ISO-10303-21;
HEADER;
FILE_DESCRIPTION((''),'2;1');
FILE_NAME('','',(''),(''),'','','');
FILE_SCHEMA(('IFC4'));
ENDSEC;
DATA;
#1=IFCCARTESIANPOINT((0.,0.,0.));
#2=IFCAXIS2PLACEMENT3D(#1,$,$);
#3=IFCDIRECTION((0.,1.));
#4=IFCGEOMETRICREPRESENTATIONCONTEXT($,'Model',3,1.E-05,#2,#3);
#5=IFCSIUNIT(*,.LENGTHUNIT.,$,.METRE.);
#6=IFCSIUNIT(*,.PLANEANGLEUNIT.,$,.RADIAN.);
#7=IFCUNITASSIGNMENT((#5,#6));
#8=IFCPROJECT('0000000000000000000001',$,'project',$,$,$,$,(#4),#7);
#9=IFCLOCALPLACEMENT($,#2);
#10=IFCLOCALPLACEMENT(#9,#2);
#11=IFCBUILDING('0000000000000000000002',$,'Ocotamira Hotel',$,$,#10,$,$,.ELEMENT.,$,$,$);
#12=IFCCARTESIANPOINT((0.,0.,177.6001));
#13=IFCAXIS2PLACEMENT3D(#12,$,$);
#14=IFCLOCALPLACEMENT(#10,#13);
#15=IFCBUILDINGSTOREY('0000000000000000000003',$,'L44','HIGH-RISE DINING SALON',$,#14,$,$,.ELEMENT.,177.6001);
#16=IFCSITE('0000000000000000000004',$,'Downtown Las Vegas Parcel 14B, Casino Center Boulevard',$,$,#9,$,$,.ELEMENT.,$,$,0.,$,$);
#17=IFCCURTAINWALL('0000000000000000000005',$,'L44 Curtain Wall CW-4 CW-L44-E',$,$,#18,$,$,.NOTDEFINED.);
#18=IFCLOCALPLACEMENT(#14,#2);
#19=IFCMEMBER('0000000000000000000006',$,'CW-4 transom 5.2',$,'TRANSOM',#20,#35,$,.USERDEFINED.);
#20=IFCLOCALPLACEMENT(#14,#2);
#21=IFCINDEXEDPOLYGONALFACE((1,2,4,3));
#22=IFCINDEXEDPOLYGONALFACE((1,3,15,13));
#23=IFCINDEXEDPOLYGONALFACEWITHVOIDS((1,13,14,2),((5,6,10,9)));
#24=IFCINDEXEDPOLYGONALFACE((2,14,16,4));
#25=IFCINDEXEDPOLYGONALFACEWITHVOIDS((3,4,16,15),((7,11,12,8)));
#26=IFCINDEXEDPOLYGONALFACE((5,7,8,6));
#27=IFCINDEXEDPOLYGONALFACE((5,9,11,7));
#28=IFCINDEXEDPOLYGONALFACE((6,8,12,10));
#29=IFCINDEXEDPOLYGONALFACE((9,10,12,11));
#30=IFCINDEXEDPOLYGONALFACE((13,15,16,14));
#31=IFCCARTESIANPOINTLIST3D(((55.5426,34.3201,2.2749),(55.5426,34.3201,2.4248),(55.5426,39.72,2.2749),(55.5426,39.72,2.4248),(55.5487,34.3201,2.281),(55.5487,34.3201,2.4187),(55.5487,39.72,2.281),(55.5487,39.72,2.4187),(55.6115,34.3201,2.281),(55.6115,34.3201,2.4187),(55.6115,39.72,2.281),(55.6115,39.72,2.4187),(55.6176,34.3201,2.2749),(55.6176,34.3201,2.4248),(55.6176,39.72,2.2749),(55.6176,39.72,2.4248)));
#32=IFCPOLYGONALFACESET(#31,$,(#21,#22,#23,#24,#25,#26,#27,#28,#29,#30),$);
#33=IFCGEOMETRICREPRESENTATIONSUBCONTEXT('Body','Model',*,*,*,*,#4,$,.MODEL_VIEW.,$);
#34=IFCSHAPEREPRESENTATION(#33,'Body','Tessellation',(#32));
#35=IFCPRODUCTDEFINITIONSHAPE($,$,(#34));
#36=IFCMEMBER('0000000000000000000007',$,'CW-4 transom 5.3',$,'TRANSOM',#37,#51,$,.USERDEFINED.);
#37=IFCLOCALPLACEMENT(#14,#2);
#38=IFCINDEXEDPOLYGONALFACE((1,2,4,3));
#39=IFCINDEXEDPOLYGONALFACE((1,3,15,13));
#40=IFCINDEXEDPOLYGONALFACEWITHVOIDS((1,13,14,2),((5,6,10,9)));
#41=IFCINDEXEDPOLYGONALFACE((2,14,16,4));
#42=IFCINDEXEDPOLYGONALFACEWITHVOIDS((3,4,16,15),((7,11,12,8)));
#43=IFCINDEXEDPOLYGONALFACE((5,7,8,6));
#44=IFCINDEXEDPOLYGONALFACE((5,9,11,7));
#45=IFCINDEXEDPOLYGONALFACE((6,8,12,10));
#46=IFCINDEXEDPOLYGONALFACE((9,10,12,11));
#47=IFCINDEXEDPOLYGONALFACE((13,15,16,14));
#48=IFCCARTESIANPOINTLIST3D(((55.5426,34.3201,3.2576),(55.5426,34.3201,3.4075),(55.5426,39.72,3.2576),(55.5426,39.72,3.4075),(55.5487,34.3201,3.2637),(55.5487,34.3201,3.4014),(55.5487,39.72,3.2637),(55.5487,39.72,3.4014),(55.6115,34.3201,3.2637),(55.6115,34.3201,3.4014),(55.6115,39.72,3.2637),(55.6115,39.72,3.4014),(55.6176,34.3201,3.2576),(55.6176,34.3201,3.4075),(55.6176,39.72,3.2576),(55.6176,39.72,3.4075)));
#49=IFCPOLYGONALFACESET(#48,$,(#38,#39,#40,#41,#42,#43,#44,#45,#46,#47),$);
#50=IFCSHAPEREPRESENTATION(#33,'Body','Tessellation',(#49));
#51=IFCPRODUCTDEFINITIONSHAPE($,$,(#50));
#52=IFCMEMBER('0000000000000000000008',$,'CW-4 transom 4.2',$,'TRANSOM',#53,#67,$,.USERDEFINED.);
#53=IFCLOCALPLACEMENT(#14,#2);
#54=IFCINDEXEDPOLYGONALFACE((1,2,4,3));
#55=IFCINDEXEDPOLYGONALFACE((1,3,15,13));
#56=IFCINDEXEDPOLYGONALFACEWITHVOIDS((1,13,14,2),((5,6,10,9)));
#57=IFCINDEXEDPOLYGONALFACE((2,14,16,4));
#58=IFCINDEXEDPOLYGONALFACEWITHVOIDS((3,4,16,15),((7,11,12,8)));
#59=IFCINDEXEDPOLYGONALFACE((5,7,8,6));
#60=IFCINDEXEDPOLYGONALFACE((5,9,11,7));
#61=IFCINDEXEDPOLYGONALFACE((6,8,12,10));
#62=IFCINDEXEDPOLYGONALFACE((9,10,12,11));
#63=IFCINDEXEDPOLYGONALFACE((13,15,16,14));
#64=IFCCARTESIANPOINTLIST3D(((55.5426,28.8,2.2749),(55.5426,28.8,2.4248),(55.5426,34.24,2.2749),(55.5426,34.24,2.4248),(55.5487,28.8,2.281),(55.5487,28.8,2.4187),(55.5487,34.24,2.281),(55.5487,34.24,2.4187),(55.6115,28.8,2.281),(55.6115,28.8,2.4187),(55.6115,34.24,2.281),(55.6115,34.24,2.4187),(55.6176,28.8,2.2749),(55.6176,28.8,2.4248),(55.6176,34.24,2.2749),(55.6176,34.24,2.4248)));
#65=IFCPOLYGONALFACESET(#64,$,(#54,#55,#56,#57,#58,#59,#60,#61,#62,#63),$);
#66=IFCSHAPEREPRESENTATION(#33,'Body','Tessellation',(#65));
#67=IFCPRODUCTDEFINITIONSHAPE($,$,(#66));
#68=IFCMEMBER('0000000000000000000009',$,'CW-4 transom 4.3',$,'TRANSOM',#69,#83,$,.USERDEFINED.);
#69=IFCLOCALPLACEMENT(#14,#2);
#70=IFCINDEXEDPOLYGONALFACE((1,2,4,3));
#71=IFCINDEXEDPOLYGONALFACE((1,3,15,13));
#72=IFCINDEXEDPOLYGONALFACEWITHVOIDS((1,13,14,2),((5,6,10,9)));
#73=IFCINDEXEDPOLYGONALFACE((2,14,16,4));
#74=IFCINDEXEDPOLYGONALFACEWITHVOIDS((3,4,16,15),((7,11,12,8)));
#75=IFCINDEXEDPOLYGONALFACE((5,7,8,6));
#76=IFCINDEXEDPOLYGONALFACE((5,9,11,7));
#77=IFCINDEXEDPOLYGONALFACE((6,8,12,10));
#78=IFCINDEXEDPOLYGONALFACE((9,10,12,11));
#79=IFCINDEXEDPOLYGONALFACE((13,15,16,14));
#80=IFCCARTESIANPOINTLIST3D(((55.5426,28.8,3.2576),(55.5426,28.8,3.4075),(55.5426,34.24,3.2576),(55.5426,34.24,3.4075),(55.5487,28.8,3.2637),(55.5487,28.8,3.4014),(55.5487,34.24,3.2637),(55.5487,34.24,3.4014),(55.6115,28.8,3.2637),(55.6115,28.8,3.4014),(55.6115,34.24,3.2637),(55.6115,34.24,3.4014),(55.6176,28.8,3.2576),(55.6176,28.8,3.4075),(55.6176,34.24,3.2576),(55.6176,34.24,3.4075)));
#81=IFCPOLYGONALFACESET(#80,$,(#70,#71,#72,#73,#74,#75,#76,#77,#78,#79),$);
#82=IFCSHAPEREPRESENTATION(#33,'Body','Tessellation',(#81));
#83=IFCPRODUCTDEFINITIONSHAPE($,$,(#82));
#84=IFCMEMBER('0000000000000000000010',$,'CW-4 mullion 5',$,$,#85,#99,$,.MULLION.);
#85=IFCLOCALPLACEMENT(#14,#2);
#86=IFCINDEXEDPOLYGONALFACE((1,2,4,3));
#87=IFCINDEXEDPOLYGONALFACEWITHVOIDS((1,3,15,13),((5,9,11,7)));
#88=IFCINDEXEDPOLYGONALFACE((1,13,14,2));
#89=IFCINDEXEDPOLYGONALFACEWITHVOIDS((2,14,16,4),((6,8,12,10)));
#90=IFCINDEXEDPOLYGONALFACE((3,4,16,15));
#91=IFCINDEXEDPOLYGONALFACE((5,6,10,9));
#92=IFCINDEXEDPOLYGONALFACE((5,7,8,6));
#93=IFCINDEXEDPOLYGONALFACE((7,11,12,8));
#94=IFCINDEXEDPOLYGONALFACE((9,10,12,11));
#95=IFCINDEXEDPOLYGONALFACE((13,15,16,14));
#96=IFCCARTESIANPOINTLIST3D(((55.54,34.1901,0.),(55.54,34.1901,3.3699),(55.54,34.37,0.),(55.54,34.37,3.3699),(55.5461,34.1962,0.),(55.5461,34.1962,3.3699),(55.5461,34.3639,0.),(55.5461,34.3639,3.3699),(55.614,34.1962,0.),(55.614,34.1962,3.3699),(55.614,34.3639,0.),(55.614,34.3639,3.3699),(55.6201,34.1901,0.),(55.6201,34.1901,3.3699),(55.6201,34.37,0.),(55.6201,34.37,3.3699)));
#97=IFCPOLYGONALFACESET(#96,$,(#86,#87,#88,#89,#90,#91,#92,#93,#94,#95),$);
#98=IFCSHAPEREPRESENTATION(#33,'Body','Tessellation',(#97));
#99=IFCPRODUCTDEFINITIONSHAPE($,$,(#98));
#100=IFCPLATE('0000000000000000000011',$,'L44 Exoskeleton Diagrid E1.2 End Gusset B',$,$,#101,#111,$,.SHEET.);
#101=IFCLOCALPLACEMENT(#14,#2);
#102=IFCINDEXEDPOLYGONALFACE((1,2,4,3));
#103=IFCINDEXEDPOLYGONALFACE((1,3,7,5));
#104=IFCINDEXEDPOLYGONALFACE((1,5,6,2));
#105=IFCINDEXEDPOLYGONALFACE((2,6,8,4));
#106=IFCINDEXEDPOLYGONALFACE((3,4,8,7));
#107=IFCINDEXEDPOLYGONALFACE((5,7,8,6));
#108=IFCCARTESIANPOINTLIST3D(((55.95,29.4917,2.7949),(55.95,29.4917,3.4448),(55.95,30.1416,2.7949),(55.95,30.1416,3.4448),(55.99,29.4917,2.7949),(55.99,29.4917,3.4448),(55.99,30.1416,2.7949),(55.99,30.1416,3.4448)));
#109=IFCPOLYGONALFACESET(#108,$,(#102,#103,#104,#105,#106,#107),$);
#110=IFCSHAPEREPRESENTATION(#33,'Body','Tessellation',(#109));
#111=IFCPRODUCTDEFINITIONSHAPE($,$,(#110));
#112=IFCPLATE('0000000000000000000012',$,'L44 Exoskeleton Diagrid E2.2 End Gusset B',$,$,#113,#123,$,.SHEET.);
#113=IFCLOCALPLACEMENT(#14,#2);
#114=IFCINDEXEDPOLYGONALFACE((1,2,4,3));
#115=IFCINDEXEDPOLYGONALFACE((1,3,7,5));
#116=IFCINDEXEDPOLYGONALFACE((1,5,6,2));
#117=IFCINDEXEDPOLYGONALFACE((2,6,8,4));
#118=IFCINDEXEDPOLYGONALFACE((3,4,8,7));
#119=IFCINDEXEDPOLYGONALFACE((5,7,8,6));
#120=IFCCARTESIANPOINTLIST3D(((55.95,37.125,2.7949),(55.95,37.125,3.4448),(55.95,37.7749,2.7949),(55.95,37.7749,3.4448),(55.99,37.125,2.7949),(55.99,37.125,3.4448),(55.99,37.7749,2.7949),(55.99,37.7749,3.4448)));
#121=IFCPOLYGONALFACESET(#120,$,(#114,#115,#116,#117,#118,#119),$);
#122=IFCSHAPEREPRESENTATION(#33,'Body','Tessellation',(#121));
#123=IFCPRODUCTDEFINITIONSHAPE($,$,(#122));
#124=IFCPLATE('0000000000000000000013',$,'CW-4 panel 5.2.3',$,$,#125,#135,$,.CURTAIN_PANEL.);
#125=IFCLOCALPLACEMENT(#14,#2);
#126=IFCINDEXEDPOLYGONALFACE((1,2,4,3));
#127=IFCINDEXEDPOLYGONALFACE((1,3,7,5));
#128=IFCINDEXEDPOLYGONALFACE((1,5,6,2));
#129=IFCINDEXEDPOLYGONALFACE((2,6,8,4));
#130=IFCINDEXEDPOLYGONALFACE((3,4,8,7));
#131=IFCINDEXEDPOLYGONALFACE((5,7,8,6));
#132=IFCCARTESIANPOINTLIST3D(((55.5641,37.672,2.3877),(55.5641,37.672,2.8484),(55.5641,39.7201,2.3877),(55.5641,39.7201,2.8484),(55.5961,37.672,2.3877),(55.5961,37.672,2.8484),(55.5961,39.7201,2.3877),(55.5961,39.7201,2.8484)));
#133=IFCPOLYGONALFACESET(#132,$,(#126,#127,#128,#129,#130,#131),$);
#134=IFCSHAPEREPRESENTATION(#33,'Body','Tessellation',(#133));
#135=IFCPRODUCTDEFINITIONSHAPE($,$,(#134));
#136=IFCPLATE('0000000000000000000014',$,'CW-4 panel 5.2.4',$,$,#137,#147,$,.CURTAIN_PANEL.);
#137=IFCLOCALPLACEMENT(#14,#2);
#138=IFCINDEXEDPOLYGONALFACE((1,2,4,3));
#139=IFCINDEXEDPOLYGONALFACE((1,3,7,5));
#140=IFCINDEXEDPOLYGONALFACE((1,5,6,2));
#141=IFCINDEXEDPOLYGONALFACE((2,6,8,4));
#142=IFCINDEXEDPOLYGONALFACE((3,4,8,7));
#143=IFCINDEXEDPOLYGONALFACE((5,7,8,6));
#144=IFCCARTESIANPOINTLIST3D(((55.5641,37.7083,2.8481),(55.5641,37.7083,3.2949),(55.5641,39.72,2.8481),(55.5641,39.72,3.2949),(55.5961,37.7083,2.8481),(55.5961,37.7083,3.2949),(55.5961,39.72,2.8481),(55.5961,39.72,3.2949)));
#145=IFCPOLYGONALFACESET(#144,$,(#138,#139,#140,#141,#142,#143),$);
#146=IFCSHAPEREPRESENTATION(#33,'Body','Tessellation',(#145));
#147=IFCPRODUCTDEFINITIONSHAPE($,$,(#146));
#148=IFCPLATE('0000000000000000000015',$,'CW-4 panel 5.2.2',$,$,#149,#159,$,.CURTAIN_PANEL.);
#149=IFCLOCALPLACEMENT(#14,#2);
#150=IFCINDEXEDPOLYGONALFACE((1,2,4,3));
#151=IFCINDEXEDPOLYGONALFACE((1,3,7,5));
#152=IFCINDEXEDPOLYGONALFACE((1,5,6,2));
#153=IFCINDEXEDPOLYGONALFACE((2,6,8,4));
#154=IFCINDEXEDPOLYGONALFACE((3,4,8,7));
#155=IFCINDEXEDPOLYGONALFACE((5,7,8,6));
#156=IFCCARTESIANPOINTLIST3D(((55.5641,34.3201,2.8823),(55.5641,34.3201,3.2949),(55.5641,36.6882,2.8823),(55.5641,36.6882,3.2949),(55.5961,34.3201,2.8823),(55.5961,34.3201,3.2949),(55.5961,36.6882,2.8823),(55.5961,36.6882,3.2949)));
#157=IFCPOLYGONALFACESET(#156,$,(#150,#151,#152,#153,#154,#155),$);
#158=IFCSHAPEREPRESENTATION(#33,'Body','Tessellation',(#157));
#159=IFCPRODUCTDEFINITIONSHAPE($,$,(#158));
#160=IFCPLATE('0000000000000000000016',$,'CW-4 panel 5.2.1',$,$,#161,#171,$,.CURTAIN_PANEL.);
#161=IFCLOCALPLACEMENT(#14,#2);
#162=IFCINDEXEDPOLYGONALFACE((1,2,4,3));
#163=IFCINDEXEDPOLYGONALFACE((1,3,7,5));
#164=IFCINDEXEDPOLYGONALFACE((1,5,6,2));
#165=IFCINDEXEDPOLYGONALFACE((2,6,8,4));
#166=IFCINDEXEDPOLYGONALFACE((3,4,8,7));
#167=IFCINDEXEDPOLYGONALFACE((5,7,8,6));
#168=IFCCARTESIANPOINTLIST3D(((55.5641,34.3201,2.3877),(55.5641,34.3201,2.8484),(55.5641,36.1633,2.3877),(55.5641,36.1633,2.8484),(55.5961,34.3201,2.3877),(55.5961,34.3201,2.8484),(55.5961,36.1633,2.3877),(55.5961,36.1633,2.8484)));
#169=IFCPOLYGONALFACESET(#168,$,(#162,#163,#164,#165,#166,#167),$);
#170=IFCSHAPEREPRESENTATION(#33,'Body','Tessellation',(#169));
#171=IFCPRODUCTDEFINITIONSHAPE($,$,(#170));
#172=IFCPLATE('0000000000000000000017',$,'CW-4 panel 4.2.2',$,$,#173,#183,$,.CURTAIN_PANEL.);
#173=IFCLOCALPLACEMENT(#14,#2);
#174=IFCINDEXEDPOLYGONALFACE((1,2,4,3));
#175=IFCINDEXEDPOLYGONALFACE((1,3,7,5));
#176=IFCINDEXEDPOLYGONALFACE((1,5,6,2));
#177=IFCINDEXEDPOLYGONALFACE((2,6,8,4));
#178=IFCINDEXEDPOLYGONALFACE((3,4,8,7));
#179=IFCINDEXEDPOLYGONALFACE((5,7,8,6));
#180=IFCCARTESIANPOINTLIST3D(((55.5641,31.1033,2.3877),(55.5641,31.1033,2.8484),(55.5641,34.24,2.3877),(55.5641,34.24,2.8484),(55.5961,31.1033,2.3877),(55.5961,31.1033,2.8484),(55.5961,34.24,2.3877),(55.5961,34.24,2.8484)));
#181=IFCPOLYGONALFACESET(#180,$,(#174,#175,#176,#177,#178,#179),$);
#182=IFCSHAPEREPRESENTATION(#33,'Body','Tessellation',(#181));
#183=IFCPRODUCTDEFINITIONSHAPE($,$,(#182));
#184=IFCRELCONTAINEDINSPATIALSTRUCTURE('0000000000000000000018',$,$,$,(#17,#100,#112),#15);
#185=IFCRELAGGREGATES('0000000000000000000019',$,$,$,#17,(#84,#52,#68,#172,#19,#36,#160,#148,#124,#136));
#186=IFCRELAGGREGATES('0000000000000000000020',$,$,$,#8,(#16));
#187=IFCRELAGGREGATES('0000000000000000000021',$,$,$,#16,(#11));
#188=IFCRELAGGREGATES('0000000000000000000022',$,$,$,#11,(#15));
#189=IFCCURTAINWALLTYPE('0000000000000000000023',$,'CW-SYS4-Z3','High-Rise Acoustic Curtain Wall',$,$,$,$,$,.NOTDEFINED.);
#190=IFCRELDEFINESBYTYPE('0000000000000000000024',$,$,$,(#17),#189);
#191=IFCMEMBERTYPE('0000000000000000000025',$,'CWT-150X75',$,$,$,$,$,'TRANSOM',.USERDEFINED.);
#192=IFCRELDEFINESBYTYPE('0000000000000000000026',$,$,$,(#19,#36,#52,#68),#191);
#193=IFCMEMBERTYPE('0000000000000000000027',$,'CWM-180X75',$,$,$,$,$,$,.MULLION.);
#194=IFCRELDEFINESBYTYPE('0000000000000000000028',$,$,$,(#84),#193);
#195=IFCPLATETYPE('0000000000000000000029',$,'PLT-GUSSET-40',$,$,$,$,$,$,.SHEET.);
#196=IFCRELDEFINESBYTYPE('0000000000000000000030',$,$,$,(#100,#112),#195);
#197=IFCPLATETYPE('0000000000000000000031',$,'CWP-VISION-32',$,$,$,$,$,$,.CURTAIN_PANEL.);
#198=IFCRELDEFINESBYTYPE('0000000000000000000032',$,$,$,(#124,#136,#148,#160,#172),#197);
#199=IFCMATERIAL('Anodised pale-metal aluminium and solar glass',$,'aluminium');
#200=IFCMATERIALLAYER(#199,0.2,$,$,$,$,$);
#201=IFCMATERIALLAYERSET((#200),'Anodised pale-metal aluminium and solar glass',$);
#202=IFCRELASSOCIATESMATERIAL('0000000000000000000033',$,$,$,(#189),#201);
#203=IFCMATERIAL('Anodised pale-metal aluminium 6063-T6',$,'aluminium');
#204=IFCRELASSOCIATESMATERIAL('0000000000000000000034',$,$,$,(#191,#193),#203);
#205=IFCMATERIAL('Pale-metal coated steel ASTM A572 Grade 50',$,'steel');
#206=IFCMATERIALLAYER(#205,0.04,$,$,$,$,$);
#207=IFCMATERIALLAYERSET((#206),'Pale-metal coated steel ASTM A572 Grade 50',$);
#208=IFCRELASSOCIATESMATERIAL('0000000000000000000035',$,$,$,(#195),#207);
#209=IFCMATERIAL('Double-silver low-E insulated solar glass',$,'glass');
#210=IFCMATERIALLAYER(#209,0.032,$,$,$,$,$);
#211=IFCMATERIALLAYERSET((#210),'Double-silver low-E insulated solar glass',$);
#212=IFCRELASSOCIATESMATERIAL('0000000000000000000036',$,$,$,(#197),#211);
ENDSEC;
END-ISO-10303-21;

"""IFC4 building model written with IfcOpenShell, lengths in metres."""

from ifc_helpers import new_model, si_unit, direction, frame, origin, origin_2d, place, context, subcontext, project, spatial, rectangle, hollow_rectangle, extrude, source, transform, mapped, material, layer, layer_set, material_profile, profile_set, type_object, element, aggregate, save


model = new_model("IFC4")

# Units and contexts
model_context = context("Model", 3, precision=1e-05, world=origin(), true_north=direction((0.0, 1.0)))
body_context = subcontext(model_context, "Body", "Model", "MODEL_VIEW")
ifc_project = project(units=[si_unit("LENGTHUNIT", "METRE"), si_unit("PLANEANGLEUNIT", "RADIAN")], contexts=[model_context])

# Site, building, storey
site_placement = place(None, origin())
site = spatial("IfcSite", under=ifc_project, at=site_placement, Name="Downtown Las Vegas Parcel 14B, Casino Center Boulevard", CompositionType="ELEMENT", RefElevation=0.0)
building_placement = place(site_placement, origin())
building = spatial("IfcBuilding", under=site, at=building_placement, Name="Ocotamira Hotel", CompositionType="ELEMENT")
storey_placement = place(building_placement, frame((0.0, 0.0, 177.6001)))
storey = spatial("IfcBuildingStorey", under=building, at=storey_placement, Name="L44", Description="HIGH-RISE DINING SALON", CompositionType="ELEMENT", Elevation=177.6001)

# Curtain wall, members
ifc_material_1 = material(Name="Anodised pale-metal aluminium and solar glass", Category="aluminium")
ifc_layer_1 = layer(ifc_material_1, 0.2)
ifc_layer_set_1 = layer_set([ifc_layer_1], Name="Anodised pale-metal aluminium and solar glass")
curtain_wall_type = type_object("IfcCurtainWallType", Name="CW-SYS4-Z3", Description="High-Rise Acoustic Curtain Wall", PredefinedType="NOTDEFINED", material=ifc_layer_set_1)
curtain_wall_placement = place(storey_placement, origin())
curtain_wall = element("IfcCurtainWall", 1, at=curtain_wall_placement, inside=storey, type_object=curtain_wall_type, Name="L44 Curtain Wall CW-4 CW-L44-E", PredefinedType="NOTDEFINED")
ifc_material_2 = material(Name="Anodised pale-metal aluminium 6063-T6", Category="aluminium")
ifc_material_profile_1 = material_profile(ifc_material_2, hollow_rectangle(XDim=0.075, YDim=0.1499, WallThickness=0.0061, at=origin_2d()), Name="HSS150X75X6")
ifc_profile_set_1 = profile_set([ifc_material_profile_1], Name="Anodised pale-metal aluminium 6063-T6")
member_type_1 = type_object("IfcMemberType", Name="CWT-150X75", ElementType="TRANSOM", PredefinedType="USERDEFINED", material=ifc_profile_set_1)
shared_shape_1 = source(origin(), body_context, "Body", "SweptSolid", [
    extrude(hollow_rectangle(XDim=0.075, YDim=0.1499, WallThickness=0.0061, at=origin_2d()), origin(), (0.0, 0.0, 1.0), 5.3999),
])
member_1_placement = place(storey_placement, frame((55.5801, 34.3201, 2.3499), z_axis=(0.0, 1.0, 0.0), x_axis=(-1.0, 0.0, 0.0)))
member_1 = element("IfcMember", 2, at=member_1_placement, type_object=member_type_1, Name="CW-4 transom 5.2", ObjectType="TRANSOM", PredefinedType="USERDEFINED", context=body_context, shape_type="MappedRepresentation", body=[
    mapped(shared_shape_1, transform((0.0, 0.0, 0.0), scale=1.0)),
])
member_2_placement = place(storey_placement, frame((55.5801, 34.3201, 3.3325), z_axis=(0.0, 1.0, 0.0), x_axis=(-1.0, 0.0, 0.0)))
member_2 = element("IfcMember", 3, at=member_2_placement, type_object=member_type_1, Name="CW-4 transom 5.3", ObjectType="TRANSOM", PredefinedType="USERDEFINED", context=body_context, shape_type="MappedRepresentation", body=[
    mapped(shared_shape_1, transform((0.0, 0.0, 0.0), scale=1.0)),
])
shared_shape_2 = source(origin(), body_context, "Body", "SweptSolid", [
    extrude(hollow_rectangle(XDim=0.075, YDim=0.1499, WallThickness=0.0061, at=origin_2d()), origin(), (0.0, 0.0, 1.0), 5.4399),
])
member_3_placement = place(storey_placement, frame((55.5801, 28.8, 2.3499), z_axis=(0.0, 1.0, 0.0), x_axis=(-1.0, 0.0, 0.0)))
member_3 = element("IfcMember", 4, at=member_3_placement, type_object=member_type_1, Name="CW-4 transom 4.2", ObjectType="TRANSOM", PredefinedType="USERDEFINED", context=body_context, shape_type="MappedRepresentation", body=[
    mapped(shared_shape_2, transform((0.0, 0.0, 0.0), scale=1.0)),
])
member_4_placement = place(storey_placement, frame((55.5801, 28.8, 3.3325), z_axis=(0.0, 1.0, 0.0), x_axis=(-1.0, 0.0, 0.0)))
member_4 = element("IfcMember", 5, at=member_4_placement, type_object=member_type_1, Name="CW-4 transom 4.3", ObjectType="TRANSOM", PredefinedType="USERDEFINED", context=body_context, shape_type="MappedRepresentation", body=[
    mapped(shared_shape_2, transform((0.0, 0.0, 0.0), scale=1.0)),
])
ifc_material_profile_2 = material_profile(ifc_material_2, hollow_rectangle(XDim=0.0801, YDim=0.1799, WallThickness=0.0061, at=origin_2d()), Name="HSS180X80X6")
ifc_profile_set_2 = profile_set([ifc_material_profile_2], Name="Anodised pale-metal aluminium 6063-T6")
member_type_2 = type_object("IfcMemberType", Name="CWM-180X75", PredefinedType="MULLION", material=ifc_profile_set_2)
shared_shape_3 = source(origin(), body_context, "Body", "SweptSolid", [
    extrude(hollow_rectangle(XDim=0.0801, YDim=0.1799, WallThickness=0.0061, at=origin_2d()), origin(), (0.0, 0.0, 1.0), 3.3699),
])
member_5_placement = place(storey_placement, frame((55.5801, 34.28, 0.0), z_axis=(0.0, 0.0, 1.0), x_axis=(-1.0, 0.0, 0.0)))
member_5 = element("IfcMember", 6, at=member_5_placement, type_object=member_type_2, Name="CW-4 mullion 5", PredefinedType="MULLION", context=body_context, shape_type="MappedRepresentation", body=[
    mapped(shared_shape_3, transform((0.0, 0.0, 0.0), scale=1.0)),
])

# Plates
ifc_material_3 = material(Name="Pale-metal coated steel ASTM A572 Grade 50", Category="steel")
ifc_layer_2 = layer(ifc_material_3, 0.04)
ifc_layer_set_2 = layer_set([ifc_layer_2], Name="Pale-metal coated steel ASTM A572 Grade 50")
plate_type_1 = type_object("IfcPlateType", Name="PLT-GUSSET-40", PredefinedType="SHEET", material=ifc_layer_set_2)
shared_shape_4 = source(origin(), body_context, "Body", "SweptSolid", [
    extrude(rectangle(XDim=0.04, YDim=0.6499, at=origin_2d()), origin(), (0.0, 0.0, 1.0), 0.6499),
])
for number, where, z_axis, x_axis, name in (
    (7, (55.97, 29.8167, 2.7949), (0.0, 0.0, 1.0), (1.0, 0.0, 0.0), "L44 Exoskeleton Diagrid E1.2 End Gusset B"),
    (8, (55.97, 37.45, 2.7949), (0.0, 0.0, 1.0), (1.0, 0.0, 0.0), "L44 Exoskeleton Diagrid E2.2 End Gusset B"),
):
    element("IfcPlate", number, at=place(storey_placement, frame(where, z_axis=z_axis, x_axis=x_axis)), inside=storey, type_object=plate_type_1, Name=name, PredefinedType="SHEET", context=body_context, shape_type="MappedRepresentation", body=[
        mapped(shared_shape_4, transform((0.0, 0.0, 0.0), scale=1.0)),
    ])

# Plates
ifc_material_4 = material(Name="Double-silver low-E insulated solar glass", Category="glass")
ifc_layer_3 = layer(ifc_material_4, 0.032)
ifc_layer_set_3 = layer_set([ifc_layer_3], Name="Double-silver low-E insulated solar glass")
plate_type_2 = type_object("IfcPlateType", Name="CWP-VISION-32", PredefinedType="CURTAIN_PANEL", material=ifc_layer_set_3)
shared_shape_5 = source(origin(), body_context, "Body", "SweptSolid", [
    extrude(rectangle(XDim=2.0481, YDim=0.032, at=origin_2d()), origin(), (0.0, 0.0, 1.0), 0.4607),
])
plate_1_placement = place(storey_placement, frame((55.5801, 38.696, 2.3877), z_axis=(0.0, 0.0, 1.0), x_axis=(0.0, 1.0, 0.0)))
plate_1 = element("IfcPlate", 9, at=plate_1_placement, type_object=plate_type_2, Name="CW-4 panel 5.2.3", PredefinedType="CURTAIN_PANEL", context=body_context, shape_type="MappedRepresentation", body=[
    mapped(shared_shape_5, transform((0.0, 0.0, 0.0), scale=1.0)),
])
shared_shape_6 = source(origin(), body_context, "Body", "SweptSolid", [
    extrude(rectangle(XDim=2.0117, YDim=0.032, at=origin_2d()), origin(), (0.0, 0.0, 1.0), 0.4468),
])
plate_2_placement = place(storey_placement, frame((55.5801, 38.7141, 2.8481), z_axis=(0.0, 0.0, 1.0), x_axis=(0.0, 1.0, 0.0)))
plate_2 = element("IfcPlate", 10, at=plate_2_placement, type_object=plate_type_2, Name="CW-4 panel 5.2.4", PredefinedType="CURTAIN_PANEL", context=body_context, shape_type="MappedRepresentation", body=[
    mapped(shared_shape_6, transform((0.0, 0.0, 0.0), scale=1.0)),
])
shared_shape_7 = source(origin(), body_context, "Body", "SweptSolid", [
    extrude(rectangle(XDim=2.3682, YDim=0.032, at=origin_2d()), origin(), (0.0, 0.0, 1.0), 0.4126),
])
plate_3_placement = place(storey_placement, frame((55.5801, 35.5042, 2.8823), z_axis=(0.0, 0.0, 1.0), x_axis=(0.0, 1.0, 0.0)))
plate_3 = element("IfcPlate", 11, at=plate_3_placement, type_object=plate_type_2, Name="CW-4 panel 5.2.2", PredefinedType="CURTAIN_PANEL", context=body_context, shape_type="MappedRepresentation", body=[
    mapped(shared_shape_7, transform((0.0, 0.0, 0.0), scale=1.0)),
])
shared_shape_8 = source(origin(), body_context, "Body", "SweptSolid", [
    extrude(rectangle(XDim=1.8433, YDim=0.032, at=origin_2d()), origin(), (0.0, 0.0, 1.0), 0.4607),
])
plate_4_placement = place(storey_placement, frame((55.5801, 35.2417, 2.3877), z_axis=(0.0, 0.0, 1.0), x_axis=(0.0, 1.0, 0.0)))
plate_4 = element("IfcPlate", 12, at=plate_4_placement, type_object=plate_type_2, Name="CW-4 panel 5.2.1", PredefinedType="CURTAIN_PANEL", context=body_context, shape_type="MappedRepresentation", body=[
    mapped(shared_shape_8, transform((0.0, 0.0, 0.0), scale=1.0)),
])
shared_shape_9 = source(origin(), body_context, "Body", "SweptSolid", [
    extrude(rectangle(XDim=3.1367, YDim=0.032, at=origin_2d()), origin(), (0.0, 0.0, 1.0), 0.4607),
])
plate_5_placement = place(storey_placement, frame((55.5801, 32.6716, 2.3877), z_axis=(0.0, 0.0, 1.0), x_axis=(0.0, 1.0, 0.0)))
plate_5 = element("IfcPlate", 13, at=plate_5_placement, type_object=plate_type_2, Name="CW-4 panel 4.2.2", PredefinedType="CURTAIN_PANEL", context=body_context, shape_type="MappedRepresentation", body=[
    mapped(shared_shape_9, transform((0.0, 0.0, 0.0), scale=1.0)),
])
aggregate(curtain_wall, [member_5, member_3, member_4, plate_5, member_1, member_2, plate_4, plate_3, plate_1, plate_2])

save(model, "model.ifc")
